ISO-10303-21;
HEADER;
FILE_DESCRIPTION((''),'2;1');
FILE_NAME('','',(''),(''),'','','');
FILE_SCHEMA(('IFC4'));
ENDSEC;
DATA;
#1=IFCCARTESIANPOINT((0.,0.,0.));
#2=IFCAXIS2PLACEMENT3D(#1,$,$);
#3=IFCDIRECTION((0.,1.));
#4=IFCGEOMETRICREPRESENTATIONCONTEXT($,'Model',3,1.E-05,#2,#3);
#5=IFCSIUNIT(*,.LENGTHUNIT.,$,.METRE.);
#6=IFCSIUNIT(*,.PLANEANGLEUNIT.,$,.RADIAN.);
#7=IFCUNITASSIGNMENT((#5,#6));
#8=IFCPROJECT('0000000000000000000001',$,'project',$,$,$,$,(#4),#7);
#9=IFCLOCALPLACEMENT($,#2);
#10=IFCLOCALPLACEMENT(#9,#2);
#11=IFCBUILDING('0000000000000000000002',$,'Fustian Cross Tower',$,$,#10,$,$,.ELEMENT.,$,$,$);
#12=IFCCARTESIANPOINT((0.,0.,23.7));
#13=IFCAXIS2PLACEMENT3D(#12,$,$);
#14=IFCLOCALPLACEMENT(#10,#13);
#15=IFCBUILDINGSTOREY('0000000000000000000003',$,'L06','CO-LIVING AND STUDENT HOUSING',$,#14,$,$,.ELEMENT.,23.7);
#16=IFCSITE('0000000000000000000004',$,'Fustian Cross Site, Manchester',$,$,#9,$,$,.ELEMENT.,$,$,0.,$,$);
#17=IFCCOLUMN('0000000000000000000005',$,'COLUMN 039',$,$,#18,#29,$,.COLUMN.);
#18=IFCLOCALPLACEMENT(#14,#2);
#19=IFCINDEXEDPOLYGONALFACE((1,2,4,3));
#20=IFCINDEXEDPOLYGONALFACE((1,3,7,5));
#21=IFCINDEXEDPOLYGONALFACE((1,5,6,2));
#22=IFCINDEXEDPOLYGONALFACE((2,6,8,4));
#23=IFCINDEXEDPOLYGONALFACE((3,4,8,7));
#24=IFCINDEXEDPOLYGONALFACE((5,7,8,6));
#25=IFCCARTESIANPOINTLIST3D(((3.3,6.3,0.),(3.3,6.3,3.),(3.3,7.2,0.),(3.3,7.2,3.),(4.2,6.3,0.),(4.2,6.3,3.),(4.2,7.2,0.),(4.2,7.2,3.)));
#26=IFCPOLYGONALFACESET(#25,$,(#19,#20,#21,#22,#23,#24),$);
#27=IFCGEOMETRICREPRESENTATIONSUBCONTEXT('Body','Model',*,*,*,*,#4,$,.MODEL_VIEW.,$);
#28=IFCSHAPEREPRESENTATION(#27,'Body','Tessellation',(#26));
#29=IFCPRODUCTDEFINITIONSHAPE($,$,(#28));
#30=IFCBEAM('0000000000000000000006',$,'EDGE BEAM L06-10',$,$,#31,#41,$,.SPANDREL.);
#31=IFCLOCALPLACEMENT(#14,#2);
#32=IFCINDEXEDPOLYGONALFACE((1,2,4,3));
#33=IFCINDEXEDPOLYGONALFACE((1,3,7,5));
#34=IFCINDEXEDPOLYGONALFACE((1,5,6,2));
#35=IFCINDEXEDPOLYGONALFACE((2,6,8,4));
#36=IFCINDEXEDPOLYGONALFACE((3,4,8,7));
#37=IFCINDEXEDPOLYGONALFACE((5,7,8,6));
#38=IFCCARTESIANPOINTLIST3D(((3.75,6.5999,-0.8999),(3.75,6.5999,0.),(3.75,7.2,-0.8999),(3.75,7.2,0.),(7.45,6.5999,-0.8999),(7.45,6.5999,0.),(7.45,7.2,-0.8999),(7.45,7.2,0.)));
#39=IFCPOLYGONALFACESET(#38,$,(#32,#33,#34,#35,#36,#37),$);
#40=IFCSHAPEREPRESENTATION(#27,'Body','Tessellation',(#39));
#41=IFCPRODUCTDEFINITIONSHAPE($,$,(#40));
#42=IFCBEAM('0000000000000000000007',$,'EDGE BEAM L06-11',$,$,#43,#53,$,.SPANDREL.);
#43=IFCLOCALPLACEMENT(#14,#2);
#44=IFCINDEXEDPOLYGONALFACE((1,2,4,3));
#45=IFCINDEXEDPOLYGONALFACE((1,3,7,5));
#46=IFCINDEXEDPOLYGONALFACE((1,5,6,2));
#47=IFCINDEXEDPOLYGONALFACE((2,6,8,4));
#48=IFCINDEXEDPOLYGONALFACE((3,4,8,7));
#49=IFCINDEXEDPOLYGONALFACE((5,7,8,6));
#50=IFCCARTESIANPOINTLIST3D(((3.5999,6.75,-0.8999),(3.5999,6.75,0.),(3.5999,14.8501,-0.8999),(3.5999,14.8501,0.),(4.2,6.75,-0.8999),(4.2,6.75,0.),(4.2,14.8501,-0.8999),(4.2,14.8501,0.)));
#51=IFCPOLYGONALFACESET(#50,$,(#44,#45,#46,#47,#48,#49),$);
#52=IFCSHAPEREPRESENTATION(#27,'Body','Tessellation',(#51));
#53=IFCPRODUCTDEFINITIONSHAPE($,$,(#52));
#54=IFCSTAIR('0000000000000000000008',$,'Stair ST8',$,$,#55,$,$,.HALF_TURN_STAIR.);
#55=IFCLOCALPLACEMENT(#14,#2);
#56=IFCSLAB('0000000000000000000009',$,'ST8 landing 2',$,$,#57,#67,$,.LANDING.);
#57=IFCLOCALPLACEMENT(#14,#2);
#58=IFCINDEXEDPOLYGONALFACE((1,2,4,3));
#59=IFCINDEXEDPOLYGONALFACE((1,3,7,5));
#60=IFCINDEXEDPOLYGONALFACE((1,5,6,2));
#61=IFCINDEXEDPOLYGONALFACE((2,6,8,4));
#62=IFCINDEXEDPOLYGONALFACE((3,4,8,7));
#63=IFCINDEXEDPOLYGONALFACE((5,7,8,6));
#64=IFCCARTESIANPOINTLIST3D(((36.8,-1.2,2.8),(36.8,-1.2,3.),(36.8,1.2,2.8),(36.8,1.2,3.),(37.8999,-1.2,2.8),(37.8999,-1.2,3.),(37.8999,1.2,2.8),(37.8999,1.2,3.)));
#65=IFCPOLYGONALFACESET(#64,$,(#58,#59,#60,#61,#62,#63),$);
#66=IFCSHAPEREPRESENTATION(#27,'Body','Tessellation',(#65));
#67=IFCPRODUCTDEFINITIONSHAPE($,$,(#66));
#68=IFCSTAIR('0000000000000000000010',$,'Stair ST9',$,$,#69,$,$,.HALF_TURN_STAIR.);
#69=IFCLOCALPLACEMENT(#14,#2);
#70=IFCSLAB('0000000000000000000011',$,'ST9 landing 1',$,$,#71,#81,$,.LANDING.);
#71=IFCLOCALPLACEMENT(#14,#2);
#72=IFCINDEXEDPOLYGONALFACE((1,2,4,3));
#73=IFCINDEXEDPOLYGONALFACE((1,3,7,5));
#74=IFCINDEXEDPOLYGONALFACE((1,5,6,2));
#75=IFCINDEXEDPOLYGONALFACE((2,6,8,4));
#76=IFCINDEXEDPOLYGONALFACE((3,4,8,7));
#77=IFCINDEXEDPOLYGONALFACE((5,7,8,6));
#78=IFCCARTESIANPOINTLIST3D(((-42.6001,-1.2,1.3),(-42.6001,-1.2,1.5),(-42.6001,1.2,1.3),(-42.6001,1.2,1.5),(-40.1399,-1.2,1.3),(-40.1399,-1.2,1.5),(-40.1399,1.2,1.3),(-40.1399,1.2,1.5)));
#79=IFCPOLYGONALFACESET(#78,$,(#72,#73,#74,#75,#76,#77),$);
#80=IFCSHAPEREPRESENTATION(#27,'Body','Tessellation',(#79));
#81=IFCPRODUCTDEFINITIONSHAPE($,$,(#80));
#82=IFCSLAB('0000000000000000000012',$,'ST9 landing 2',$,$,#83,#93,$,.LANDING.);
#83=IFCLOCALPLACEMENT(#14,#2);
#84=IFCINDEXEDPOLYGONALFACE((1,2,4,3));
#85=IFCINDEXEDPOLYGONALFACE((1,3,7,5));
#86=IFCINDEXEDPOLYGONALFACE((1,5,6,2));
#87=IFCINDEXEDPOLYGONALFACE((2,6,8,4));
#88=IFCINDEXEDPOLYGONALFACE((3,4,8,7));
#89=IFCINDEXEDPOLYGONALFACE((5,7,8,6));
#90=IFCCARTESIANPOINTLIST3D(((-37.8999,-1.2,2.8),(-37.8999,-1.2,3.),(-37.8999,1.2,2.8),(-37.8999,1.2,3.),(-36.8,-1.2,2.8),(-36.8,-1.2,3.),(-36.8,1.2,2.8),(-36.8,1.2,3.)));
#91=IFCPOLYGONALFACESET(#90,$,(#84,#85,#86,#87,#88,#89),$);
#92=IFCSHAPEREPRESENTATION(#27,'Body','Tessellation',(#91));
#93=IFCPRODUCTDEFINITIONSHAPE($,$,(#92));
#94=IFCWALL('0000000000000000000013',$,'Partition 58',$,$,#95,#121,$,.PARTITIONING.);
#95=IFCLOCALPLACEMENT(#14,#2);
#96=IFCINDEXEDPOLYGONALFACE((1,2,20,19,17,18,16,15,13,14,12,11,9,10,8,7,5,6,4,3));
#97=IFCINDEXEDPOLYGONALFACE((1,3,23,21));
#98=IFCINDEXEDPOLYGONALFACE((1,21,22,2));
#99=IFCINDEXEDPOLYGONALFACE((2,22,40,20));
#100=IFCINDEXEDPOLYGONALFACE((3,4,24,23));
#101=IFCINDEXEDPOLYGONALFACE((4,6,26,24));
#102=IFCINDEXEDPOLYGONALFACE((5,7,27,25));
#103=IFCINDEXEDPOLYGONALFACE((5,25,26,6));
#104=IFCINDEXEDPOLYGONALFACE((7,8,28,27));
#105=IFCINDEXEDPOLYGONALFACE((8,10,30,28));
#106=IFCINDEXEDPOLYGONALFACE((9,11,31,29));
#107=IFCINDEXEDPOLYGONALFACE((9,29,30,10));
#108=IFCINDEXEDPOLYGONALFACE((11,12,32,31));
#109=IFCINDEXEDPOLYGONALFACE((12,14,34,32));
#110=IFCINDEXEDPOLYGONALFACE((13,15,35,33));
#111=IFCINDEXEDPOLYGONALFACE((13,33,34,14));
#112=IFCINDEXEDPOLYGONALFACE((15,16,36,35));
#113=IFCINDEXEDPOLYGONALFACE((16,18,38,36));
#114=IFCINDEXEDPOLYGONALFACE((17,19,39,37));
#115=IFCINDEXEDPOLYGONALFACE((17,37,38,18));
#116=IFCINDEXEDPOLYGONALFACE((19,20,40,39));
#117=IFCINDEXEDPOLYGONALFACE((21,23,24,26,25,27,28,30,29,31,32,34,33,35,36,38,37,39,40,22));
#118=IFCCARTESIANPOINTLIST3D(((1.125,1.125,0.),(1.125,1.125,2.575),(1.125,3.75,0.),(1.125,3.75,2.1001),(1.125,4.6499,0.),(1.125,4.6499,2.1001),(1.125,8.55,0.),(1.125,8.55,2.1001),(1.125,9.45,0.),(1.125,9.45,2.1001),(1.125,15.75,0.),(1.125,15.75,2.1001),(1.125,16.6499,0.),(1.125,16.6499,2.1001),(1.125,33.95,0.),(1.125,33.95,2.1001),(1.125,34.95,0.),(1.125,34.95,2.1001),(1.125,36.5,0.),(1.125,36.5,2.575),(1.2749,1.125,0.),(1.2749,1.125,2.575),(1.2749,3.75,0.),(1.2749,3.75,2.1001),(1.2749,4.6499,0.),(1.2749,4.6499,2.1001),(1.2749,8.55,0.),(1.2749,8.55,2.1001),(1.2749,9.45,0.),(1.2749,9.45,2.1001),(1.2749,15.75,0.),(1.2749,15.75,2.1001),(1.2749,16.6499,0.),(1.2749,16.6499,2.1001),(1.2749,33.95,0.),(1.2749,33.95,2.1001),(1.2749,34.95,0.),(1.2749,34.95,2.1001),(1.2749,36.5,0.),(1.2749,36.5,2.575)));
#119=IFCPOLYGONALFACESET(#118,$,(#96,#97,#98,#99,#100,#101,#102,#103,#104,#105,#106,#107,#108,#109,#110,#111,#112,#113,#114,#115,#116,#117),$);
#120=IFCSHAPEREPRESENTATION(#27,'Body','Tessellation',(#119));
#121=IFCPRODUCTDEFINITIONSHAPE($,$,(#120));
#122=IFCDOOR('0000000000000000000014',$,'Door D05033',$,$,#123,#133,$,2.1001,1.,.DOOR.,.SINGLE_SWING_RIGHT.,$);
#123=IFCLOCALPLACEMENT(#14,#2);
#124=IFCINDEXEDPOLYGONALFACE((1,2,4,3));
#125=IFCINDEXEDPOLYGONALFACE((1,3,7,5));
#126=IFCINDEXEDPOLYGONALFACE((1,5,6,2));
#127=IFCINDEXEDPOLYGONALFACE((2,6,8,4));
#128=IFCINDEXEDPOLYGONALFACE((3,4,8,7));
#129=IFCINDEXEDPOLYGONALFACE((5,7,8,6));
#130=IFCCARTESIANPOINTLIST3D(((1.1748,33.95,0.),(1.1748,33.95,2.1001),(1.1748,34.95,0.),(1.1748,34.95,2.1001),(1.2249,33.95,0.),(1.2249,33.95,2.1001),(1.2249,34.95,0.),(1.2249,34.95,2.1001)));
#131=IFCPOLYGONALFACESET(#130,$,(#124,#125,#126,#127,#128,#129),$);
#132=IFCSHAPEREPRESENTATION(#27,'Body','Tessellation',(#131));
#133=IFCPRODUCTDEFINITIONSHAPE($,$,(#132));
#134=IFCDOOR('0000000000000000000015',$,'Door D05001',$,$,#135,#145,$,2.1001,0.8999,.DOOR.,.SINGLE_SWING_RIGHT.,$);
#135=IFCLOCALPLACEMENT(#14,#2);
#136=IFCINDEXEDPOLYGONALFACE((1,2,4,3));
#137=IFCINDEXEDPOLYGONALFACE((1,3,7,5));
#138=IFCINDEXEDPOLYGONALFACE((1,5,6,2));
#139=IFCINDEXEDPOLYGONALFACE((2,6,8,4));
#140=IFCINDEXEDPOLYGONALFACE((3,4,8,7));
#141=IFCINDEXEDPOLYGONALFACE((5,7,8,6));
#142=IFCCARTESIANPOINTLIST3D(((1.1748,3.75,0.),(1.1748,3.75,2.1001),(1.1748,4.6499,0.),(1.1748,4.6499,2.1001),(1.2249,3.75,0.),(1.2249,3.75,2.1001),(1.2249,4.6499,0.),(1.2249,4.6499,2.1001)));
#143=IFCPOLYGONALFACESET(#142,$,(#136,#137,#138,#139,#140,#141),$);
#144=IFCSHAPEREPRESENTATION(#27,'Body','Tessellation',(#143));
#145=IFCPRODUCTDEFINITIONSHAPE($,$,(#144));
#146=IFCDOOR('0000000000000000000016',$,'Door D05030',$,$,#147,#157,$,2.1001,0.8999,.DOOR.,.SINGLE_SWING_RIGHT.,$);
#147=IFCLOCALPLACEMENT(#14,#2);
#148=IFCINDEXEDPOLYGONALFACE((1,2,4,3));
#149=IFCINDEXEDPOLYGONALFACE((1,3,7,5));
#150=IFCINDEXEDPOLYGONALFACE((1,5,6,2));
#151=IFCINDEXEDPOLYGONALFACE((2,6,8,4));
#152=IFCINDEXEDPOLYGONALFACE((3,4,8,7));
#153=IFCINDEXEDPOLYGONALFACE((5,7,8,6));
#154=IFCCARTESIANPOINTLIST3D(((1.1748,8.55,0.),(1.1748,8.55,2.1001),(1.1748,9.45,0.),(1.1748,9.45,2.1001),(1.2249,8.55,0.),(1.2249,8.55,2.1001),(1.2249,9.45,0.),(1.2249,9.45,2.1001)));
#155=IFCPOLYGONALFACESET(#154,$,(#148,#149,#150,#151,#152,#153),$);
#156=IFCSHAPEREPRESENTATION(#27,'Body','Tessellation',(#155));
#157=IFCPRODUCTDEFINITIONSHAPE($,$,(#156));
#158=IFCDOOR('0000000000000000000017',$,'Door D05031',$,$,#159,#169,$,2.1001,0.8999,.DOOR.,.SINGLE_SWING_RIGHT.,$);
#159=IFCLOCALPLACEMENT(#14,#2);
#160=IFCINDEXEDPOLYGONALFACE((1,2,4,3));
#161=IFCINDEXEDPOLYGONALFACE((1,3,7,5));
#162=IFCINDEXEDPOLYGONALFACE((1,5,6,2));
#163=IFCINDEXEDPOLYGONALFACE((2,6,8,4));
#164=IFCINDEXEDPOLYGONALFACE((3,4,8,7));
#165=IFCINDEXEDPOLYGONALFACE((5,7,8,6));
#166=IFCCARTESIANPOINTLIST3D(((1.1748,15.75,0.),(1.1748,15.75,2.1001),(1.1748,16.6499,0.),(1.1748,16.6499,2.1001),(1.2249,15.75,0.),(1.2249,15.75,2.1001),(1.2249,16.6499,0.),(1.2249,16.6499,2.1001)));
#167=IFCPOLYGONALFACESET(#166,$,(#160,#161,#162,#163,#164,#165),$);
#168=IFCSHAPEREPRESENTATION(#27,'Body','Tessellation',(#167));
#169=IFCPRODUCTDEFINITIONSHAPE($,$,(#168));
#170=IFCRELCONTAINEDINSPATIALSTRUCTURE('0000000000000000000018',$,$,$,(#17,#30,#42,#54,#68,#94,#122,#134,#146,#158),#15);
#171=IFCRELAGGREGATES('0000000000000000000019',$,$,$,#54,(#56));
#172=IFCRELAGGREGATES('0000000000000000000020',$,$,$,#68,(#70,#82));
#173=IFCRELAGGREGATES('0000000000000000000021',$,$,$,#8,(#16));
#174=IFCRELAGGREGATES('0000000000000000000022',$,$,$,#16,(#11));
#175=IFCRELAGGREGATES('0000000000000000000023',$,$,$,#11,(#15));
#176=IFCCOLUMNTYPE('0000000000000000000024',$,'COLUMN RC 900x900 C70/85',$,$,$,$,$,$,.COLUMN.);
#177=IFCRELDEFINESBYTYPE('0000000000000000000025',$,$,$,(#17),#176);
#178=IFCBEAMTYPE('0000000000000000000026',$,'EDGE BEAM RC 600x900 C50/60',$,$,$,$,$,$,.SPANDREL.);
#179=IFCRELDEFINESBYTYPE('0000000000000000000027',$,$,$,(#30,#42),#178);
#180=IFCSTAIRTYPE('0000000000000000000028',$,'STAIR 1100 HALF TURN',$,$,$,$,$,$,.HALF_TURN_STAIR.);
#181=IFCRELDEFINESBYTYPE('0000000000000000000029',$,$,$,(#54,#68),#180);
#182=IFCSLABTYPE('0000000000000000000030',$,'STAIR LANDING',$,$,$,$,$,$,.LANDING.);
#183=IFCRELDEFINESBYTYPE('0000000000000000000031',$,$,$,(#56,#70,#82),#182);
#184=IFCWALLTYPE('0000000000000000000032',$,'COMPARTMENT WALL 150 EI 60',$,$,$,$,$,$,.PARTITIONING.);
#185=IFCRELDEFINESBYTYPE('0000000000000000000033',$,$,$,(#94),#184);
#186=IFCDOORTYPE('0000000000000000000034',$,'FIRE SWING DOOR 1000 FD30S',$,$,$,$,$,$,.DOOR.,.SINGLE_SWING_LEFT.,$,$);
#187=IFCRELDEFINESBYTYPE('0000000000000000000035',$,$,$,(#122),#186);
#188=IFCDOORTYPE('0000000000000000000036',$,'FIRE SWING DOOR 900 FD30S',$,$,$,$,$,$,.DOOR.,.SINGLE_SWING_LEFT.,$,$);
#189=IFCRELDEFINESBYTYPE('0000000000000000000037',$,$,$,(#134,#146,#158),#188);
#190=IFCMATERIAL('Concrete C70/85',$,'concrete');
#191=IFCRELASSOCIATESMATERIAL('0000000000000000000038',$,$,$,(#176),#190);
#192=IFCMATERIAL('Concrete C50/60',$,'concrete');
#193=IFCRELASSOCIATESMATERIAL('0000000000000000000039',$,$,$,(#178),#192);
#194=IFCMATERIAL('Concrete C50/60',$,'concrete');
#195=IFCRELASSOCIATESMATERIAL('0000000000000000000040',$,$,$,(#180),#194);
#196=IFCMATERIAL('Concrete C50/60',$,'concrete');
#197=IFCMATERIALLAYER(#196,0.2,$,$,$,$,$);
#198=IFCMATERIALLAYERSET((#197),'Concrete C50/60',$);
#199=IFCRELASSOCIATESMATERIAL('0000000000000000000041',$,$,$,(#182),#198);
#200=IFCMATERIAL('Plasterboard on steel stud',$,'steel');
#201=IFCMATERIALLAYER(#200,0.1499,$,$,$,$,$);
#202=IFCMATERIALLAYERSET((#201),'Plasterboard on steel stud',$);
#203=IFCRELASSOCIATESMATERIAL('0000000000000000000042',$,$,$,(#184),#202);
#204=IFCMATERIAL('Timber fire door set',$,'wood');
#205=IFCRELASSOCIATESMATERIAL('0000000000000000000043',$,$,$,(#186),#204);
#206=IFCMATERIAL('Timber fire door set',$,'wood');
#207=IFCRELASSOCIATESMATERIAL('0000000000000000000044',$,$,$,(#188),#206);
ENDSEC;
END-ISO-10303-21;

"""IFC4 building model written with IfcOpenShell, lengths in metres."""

from ifc_helpers import new_model, si_unit, direction, frame, frame_2d, origin, origin_2d, place, context, subcontext, project, spatial, polyline, rectangle, outline, extrude, material, layer, layer_set, material_profile, profile_set, type_object, element, fill, aggregate, save


model = new_model("IFC4")

# Units and contexts
model_context = context("Model", 3, precision=1e-05, world=origin(), true_north=direction((0.0, 1.0)))
body_context = subcontext(model_context, "Body", "Model", "MODEL_VIEW")
ifc_project = project(units=[si_unit("LENGTHUNIT", "METRE"), si_unit("PLANEANGLEUNIT", "RADIAN")], contexts=[model_context])

# Site, building, storey
site_placement = place(None, origin())
site = spatial("IfcSite", under=ifc_project, at=site_placement, Name="Fustian Cross Site, Manchester", CompositionType="ELEMENT", RefElevation=0.0)
building_placement = place(site_placement, origin())
building = spatial("IfcBuilding", under=site, at=building_placement, Name="Fustian Cross Tower", CompositionType="ELEMENT")
storey_placement = place(building_placement, frame((0.0, 0.0, 23.7)))
storey = spatial("IfcBuildingStorey", under=building, at=storey_placement, Name="L06", Description="CO-LIVING AND STUDENT HOUSING", CompositionType="ELEMENT", Elevation=23.7)

# Column
ifc_material_1 = material(Name="Concrete C70/85", Category="concrete")
ifc_material_profile_1 = material_profile(ifc_material_1, rectangle(XDim=0.8999, YDim=0.8999, at=origin_2d()), Name="RC 900x900")
ifc_profile_set_1 = profile_set([ifc_material_profile_1], Name="Concrete C70/85")
column_type = type_object("IfcColumnType", Name="COLUMN RC 900x900 C70/85", PredefinedType="COLUMN", material=ifc_profile_set_1)
column_placement = place(storey_placement, frame((3.75, 6.75, 0.0), z_axis=(0.0, 0.0, 1.0), x_axis=(1.0, 0.0, 0.0)))
element("IfcColumn", 1, at=column_placement, inside=storey, type_object=column_type, Name="COLUMN 039", PredefinedType="COLUMN", context=body_context, shape_type="SweptSolid", body=[
    extrude(rectangle(XDim=0.8999, YDim=0.8999, at=origin_2d()), origin(), (0.0, 0.0, 1.0), 3.0),
])

# Beams
ifc_material_2 = material(Name="Concrete C50/60", Category="concrete")
ifc_material_profile_2 = material_profile(ifc_material_2, rectangle(XDim=0.6001, YDim=0.8999, at=origin_2d()), Name="RC 600x900")
ifc_profile_set_2 = profile_set([ifc_material_profile_2], Name="Concrete C50/60")
beam_type = type_object("IfcBeamType", Name="EDGE BEAM RC 600x900 C50/60", PredefinedType="SPANDREL", material=ifc_profile_set_2)
beam_1_placement = place(storey_placement, frame((7.45, 6.8999, -0.45), z_axis=(-1.0, 0.0, 0.0), x_axis=(0.0, -1.0, 0.0)))
element("IfcBeam", 2, at=beam_1_placement, inside=storey, type_object=beam_type, Name="EDGE BEAM L06-10", PredefinedType="SPANDREL", context=body_context, shape_type="SweptSolid", body=[
    extrude(rectangle(XDim=0.6001, YDim=0.8999, at=origin_2d()), origin(), (0.0, 0.0, 1.0), 3.7),
])
beam_2_placement = place(storey_placement, frame((3.8999, 6.75, -0.45), z_axis=(0.0, 1.0, 0.0), x_axis=(-1.0, 0.0, 0.0)))
element("IfcBeam", 3, at=beam_2_placement, inside=storey, type_object=beam_type, Name="EDGE BEAM L06-11", PredefinedType="SPANDREL", context=body_context, shape_type="SweptSolid", body=[
    extrude(rectangle(XDim=0.6001, YDim=0.8999, at=origin_2d()), origin(), (0.0, 0.0, 1.0), 8.1001),
])

# Stair, slab
ifc_material_3 = material(Name="Concrete C50/60", Category="concrete")
stair_type = type_object("IfcStairType", Name="STAIR 1100 HALF TURN", PredefinedType="HALF_TURN_STAIR", material=ifc_material_3)
stair_1_placement = place(storey_placement, origin())
stair_1 = element("IfcStair", 4, at=stair_1_placement, inside=storey, type_object=stair_type, Name="Stair ST8", PredefinedType="HALF_TURN_STAIR")
ifc_material_4 = material(Name="Concrete C50/60", Category="concrete")
ifc_layer_1 = layer(ifc_material_4, 0.2)
ifc_layer_set_1 = layer_set([ifc_layer_1], Name="Concrete C50/60")
slab_type = type_object("IfcSlabType", Name="STAIR LANDING", PredefinedType="LANDING", material=ifc_layer_set_1)
slab_1_placement = place(storey_placement, frame((0.0, 0.0, 2.8)))
slab_1 = element("IfcSlab", 5, at=slab_1_placement, type_object=slab_type, Name="ST8 landing 2", PredefinedType="LANDING", context=body_context, shape_type="SweptSolid", body=[
    extrude(outline(polyline([(36.8, -1.2), (37.8999, -1.2), (37.8999, 1.2), (36.8, 1.2), (36.8, -1.2)])), origin(), (0.0, 0.0, 1.0), 0.2),
])
aggregate(stair_1, [slab_1])

# Stair, slabs
stair_2_placement = place(storey_placement, origin())
stair_2 = element("IfcStair", 6, at=stair_2_placement, inside=storey, type_object=stair_type, Name="Stair ST9", PredefinedType="HALF_TURN_STAIR")
slab_2_placement = place(storey_placement, frame((0.0, 0.0, 1.3)))
slab_2 = element("IfcSlab", 7, at=slab_2_placement, type_object=slab_type, Name="ST9 landing 1", PredefinedType="LANDING", context=body_context, shape_type="SweptSolid", body=[
    extrude(outline(polyline([(-40.1399, -1.2), (-42.6001, -1.2), (-42.6001, 1.2), (-40.1399, 1.2), (-40.1399, -1.2)])), origin(), (0.0, 0.0, 1.0), 0.2),
])
slab_3_placement = place(storey_placement, frame((0.0, 0.0, 2.8)))
slab_3 = element("IfcSlab", 8, at=slab_3_placement, type_object=slab_type, Name="ST9 landing 2", PredefinedType="LANDING", context=body_context, shape_type="SweptSolid", body=[
    extrude(outline(polyline([(-36.8, -1.2), (-37.8999, -1.2), (-37.8999, 1.2), (-36.8, 1.2), (-36.8, -1.2)])), origin(), (0.0, 0.0, 1.0), 0.2),
])
aggregate(stair_2, [slab_2, slab_3])

# Wall, openings, doors
ifc_material_5 = material(Name="Plasterboard on steel stud", Category="steel")
ifc_layer_2 = layer(ifc_material_5, 0.1499)
ifc_layer_set_2 = layer_set([ifc_layer_2], Name="Plasterboard on steel stud")
wall_type_1 = type_object("IfcWallType", Name="COMPARTMENT WALL 150 EI 60", PredefinedType="PARTITIONING", material=ifc_layer_set_2)
wall_1_placement = place(storey_placement, frame((1.2, 1.125, 0.0), z_axis=(0.0, 0.0, 1.0), x_axis=(0.0, 1.0, 0.0)))
wall_1 = element("IfcWall", 9, at=wall_1_placement, inside=storey, type_object=wall_type_1, Name="Partition 58", PredefinedType="PARTITIONING", context=body_context, shape_type="SweptSolid", body=[
    extrude(rectangle(XDim=35.375, YDim=0.1499, at=frame_2d((17.6875, 0.0))), origin(), (0.0, 0.0, 1.0), 2.575),
])
opening_1_placement = place(wall_1_placement, frame((2.625, 0.0, 0.0)))
opening_1 = element("IfcOpeningElement", 10, at=opening_1_placement, cuts=wall_1, PredefinedType="OPENING", context=body_context, shape_type="SweptSolid", body=[
    extrude(rectangle(XDim=0.8999, YDim=2.1001, at=frame_2d((0.45, 1.05))), frame((0.0, 0.085, 0.0), z_axis=(0.0, -1.0, 0.0), x_axis=(1.0, 0.0, 0.0)), (0.0, 0.0, 1.0), 0.1699),
])
opening_2_placement = place(wall_1_placement, frame((7.425, 0.0, 0.0)))
opening_2 = element("IfcOpeningElement", 11, at=opening_2_placement, cuts=wall_1, PredefinedType="OPENING", context=body_context, shape_type="SweptSolid", body=[
    extrude(rectangle(XDim=0.8999, YDim=2.1001, at=frame_2d((0.45, 1.05))), frame((0.0, 0.085, 0.0), z_axis=(0.0, -1.0, 0.0), x_axis=(1.0, 0.0, 0.0)), (0.0, 0.0, 1.0), 0.1699),
])
opening_3_placement = place(wall_1_placement, frame((14.625, 0.0, 0.0)))
opening_3 = element("IfcOpeningElement", 12, at=opening_3_placement, cuts=wall_1, PredefinedType="OPENING", context=body_context, shape_type="SweptSolid", body=[
    extrude(rectangle(XDim=0.8999, YDim=2.1001, at=frame_2d((0.45, 1.05))), frame((0.0, 0.085, 0.0), z_axis=(0.0, -1.0, 0.0), x_axis=(1.0, 0.0, 0.0)), (0.0, 0.0, 1.0), 0.1699),
])
opening_4_placement = place(wall_1_placement, frame((32.825, 0.0, 0.0)))
opening_4 = element("IfcOpeningElement", 13, at=opening_4_placement, cuts=wall_1, PredefinedType="OPENING", context=body_context, shape_type="SweptSolid", body=[
    extrude(rectangle(XDim=1.0, YDim=2.1001, at=frame_2d((0.5, 1.05))), frame((0.0, 0.085, 0.0), z_axis=(0.0, -1.0, 0.0), x_axis=(1.0, 0.0, 0.0)), (0.0, 0.0, 1.0), 0.1699),
])
ifc_material_6 = material(Name="Timber fire door set", Category="wood")
door_type_1 = type_object("IfcDoorType", Name="FIRE SWING DOOR 1000 FD30S", OperationType="SINGLE_SWING_LEFT", PredefinedType="DOOR", material=ifc_material_6)
door_1_placement = place(opening_4_placement, frame((1.0, 0.0, 0.0), z_axis=(0.0, 0.0, 1.0), x_axis=(-1.0, 0.0, 0.0)))
door_1 = element("IfcDoor", 14, at=door_1_placement, inside=storey, type_object=door_type_1, Name="Door D05033", OperationType="SINGLE_SWING_RIGHT", OverallHeight=2.1001, OverallWidth=1.0, PredefinedType="DOOR", context=body_context, shape_type="SweptSolid", body=[
    extrude(rectangle(XDim=1.0, YDim=2.1001, at=frame_2d((0.5, 1.05))), frame((0.0, 0.0249, 0.0), z_axis=(0.0, -1.0, 0.0), x_axis=(1.0, 0.0, 0.0)), (0.0, 0.0, 1.0), 0.05),
])
fill(opening_4, door_1)
ifc_material_7 = material(Name="Timber fire door set", Category="wood")
door_type_2 = type_object("IfcDoorType", Name="FIRE SWING DOOR 900 FD30S", OperationType="SINGLE_SWING_LEFT", PredefinedType="DOOR", material=ifc_material_7)
door_2_placement = place(opening_1_placement, frame((0.8999, 0.0, 0.0), z_axis=(0.0, 0.0, 1.0), x_axis=(-1.0, 0.0, 0.0)))
door_2 = element("IfcDoor", 15, at=door_2_placement, inside=storey, type_object=door_type_2, Name="Door D05001", OperationType="SINGLE_SWING_RIGHT", OverallHeight=2.1001, OverallWidth=0.8999, PredefinedType="DOOR", context=body_context, shape_type="SweptSolid", body=[
    extrude(rectangle(XDim=0.8999, YDim=2.1001, at=frame_2d((0.45, 1.05))), frame((0.0, 0.0249, 0.0), z_axis=(0.0, -1.0, 0.0), x_axis=(1.0, 0.0, 0.0)), (0.0, 0.0, 1.0), 0.05),
])
fill(opening_1, door_2)
door_3_placement = place(opening_2_placement, frame((0.8999, 0.0, 0.0), z_axis=(0.0, 0.0, 1.0), x_axis=(-1.0, 0.0, 0.0)))
door_3 = element("IfcDoor", 16, at=door_3_placement, inside=storey, type_object=door_type_2, Name="Door D05030", OperationType="SINGLE_SWING_RIGHT", OverallHeight=2.1001, OverallWidth=0.8999, PredefinedType="DOOR", context=body_context, shape_type="SweptSolid", body=[
    extrude(rectangle(XDim=0.8999, YDim=2.1001, at=frame_2d((0.45, 1.05))), frame((0.0, 0.0249, 0.0), z_axis=(0.0, -1.0, 0.0), x_axis=(1.0, 0.0, 0.0)), (0.0, 0.0, 1.0), 0.05),
])
fill(opening_2, door_3)
door_4_placement = place(opening_3_placement, frame((0.8999, 0.0, 0.0), z_axis=(0.0, 0.0, 1.0), x_axis=(-1.0, 0.0, 0.0)))
door_4 = element("IfcDoor", 17, at=door_4_placement, inside=storey, type_object=door_type_2, Name="Door D05031", OperationType="SINGLE_SWING_RIGHT", OverallHeight=2.1001, OverallWidth=0.8999, PredefinedType="DOOR", context=body_context, shape_type="SweptSolid", body=[
    extrude(rectangle(XDim=0.8999, YDim=2.1001, at=frame_2d((0.45, 1.05))), frame((0.0, 0.0249, 0.0), z_axis=(0.0, -1.0, 0.0), x_axis=(1.0, 0.0, 0.0)), (0.0, 0.0, 1.0), 0.05),
])
fill(opening_3, door_4)

save(model, "model.ifc")
